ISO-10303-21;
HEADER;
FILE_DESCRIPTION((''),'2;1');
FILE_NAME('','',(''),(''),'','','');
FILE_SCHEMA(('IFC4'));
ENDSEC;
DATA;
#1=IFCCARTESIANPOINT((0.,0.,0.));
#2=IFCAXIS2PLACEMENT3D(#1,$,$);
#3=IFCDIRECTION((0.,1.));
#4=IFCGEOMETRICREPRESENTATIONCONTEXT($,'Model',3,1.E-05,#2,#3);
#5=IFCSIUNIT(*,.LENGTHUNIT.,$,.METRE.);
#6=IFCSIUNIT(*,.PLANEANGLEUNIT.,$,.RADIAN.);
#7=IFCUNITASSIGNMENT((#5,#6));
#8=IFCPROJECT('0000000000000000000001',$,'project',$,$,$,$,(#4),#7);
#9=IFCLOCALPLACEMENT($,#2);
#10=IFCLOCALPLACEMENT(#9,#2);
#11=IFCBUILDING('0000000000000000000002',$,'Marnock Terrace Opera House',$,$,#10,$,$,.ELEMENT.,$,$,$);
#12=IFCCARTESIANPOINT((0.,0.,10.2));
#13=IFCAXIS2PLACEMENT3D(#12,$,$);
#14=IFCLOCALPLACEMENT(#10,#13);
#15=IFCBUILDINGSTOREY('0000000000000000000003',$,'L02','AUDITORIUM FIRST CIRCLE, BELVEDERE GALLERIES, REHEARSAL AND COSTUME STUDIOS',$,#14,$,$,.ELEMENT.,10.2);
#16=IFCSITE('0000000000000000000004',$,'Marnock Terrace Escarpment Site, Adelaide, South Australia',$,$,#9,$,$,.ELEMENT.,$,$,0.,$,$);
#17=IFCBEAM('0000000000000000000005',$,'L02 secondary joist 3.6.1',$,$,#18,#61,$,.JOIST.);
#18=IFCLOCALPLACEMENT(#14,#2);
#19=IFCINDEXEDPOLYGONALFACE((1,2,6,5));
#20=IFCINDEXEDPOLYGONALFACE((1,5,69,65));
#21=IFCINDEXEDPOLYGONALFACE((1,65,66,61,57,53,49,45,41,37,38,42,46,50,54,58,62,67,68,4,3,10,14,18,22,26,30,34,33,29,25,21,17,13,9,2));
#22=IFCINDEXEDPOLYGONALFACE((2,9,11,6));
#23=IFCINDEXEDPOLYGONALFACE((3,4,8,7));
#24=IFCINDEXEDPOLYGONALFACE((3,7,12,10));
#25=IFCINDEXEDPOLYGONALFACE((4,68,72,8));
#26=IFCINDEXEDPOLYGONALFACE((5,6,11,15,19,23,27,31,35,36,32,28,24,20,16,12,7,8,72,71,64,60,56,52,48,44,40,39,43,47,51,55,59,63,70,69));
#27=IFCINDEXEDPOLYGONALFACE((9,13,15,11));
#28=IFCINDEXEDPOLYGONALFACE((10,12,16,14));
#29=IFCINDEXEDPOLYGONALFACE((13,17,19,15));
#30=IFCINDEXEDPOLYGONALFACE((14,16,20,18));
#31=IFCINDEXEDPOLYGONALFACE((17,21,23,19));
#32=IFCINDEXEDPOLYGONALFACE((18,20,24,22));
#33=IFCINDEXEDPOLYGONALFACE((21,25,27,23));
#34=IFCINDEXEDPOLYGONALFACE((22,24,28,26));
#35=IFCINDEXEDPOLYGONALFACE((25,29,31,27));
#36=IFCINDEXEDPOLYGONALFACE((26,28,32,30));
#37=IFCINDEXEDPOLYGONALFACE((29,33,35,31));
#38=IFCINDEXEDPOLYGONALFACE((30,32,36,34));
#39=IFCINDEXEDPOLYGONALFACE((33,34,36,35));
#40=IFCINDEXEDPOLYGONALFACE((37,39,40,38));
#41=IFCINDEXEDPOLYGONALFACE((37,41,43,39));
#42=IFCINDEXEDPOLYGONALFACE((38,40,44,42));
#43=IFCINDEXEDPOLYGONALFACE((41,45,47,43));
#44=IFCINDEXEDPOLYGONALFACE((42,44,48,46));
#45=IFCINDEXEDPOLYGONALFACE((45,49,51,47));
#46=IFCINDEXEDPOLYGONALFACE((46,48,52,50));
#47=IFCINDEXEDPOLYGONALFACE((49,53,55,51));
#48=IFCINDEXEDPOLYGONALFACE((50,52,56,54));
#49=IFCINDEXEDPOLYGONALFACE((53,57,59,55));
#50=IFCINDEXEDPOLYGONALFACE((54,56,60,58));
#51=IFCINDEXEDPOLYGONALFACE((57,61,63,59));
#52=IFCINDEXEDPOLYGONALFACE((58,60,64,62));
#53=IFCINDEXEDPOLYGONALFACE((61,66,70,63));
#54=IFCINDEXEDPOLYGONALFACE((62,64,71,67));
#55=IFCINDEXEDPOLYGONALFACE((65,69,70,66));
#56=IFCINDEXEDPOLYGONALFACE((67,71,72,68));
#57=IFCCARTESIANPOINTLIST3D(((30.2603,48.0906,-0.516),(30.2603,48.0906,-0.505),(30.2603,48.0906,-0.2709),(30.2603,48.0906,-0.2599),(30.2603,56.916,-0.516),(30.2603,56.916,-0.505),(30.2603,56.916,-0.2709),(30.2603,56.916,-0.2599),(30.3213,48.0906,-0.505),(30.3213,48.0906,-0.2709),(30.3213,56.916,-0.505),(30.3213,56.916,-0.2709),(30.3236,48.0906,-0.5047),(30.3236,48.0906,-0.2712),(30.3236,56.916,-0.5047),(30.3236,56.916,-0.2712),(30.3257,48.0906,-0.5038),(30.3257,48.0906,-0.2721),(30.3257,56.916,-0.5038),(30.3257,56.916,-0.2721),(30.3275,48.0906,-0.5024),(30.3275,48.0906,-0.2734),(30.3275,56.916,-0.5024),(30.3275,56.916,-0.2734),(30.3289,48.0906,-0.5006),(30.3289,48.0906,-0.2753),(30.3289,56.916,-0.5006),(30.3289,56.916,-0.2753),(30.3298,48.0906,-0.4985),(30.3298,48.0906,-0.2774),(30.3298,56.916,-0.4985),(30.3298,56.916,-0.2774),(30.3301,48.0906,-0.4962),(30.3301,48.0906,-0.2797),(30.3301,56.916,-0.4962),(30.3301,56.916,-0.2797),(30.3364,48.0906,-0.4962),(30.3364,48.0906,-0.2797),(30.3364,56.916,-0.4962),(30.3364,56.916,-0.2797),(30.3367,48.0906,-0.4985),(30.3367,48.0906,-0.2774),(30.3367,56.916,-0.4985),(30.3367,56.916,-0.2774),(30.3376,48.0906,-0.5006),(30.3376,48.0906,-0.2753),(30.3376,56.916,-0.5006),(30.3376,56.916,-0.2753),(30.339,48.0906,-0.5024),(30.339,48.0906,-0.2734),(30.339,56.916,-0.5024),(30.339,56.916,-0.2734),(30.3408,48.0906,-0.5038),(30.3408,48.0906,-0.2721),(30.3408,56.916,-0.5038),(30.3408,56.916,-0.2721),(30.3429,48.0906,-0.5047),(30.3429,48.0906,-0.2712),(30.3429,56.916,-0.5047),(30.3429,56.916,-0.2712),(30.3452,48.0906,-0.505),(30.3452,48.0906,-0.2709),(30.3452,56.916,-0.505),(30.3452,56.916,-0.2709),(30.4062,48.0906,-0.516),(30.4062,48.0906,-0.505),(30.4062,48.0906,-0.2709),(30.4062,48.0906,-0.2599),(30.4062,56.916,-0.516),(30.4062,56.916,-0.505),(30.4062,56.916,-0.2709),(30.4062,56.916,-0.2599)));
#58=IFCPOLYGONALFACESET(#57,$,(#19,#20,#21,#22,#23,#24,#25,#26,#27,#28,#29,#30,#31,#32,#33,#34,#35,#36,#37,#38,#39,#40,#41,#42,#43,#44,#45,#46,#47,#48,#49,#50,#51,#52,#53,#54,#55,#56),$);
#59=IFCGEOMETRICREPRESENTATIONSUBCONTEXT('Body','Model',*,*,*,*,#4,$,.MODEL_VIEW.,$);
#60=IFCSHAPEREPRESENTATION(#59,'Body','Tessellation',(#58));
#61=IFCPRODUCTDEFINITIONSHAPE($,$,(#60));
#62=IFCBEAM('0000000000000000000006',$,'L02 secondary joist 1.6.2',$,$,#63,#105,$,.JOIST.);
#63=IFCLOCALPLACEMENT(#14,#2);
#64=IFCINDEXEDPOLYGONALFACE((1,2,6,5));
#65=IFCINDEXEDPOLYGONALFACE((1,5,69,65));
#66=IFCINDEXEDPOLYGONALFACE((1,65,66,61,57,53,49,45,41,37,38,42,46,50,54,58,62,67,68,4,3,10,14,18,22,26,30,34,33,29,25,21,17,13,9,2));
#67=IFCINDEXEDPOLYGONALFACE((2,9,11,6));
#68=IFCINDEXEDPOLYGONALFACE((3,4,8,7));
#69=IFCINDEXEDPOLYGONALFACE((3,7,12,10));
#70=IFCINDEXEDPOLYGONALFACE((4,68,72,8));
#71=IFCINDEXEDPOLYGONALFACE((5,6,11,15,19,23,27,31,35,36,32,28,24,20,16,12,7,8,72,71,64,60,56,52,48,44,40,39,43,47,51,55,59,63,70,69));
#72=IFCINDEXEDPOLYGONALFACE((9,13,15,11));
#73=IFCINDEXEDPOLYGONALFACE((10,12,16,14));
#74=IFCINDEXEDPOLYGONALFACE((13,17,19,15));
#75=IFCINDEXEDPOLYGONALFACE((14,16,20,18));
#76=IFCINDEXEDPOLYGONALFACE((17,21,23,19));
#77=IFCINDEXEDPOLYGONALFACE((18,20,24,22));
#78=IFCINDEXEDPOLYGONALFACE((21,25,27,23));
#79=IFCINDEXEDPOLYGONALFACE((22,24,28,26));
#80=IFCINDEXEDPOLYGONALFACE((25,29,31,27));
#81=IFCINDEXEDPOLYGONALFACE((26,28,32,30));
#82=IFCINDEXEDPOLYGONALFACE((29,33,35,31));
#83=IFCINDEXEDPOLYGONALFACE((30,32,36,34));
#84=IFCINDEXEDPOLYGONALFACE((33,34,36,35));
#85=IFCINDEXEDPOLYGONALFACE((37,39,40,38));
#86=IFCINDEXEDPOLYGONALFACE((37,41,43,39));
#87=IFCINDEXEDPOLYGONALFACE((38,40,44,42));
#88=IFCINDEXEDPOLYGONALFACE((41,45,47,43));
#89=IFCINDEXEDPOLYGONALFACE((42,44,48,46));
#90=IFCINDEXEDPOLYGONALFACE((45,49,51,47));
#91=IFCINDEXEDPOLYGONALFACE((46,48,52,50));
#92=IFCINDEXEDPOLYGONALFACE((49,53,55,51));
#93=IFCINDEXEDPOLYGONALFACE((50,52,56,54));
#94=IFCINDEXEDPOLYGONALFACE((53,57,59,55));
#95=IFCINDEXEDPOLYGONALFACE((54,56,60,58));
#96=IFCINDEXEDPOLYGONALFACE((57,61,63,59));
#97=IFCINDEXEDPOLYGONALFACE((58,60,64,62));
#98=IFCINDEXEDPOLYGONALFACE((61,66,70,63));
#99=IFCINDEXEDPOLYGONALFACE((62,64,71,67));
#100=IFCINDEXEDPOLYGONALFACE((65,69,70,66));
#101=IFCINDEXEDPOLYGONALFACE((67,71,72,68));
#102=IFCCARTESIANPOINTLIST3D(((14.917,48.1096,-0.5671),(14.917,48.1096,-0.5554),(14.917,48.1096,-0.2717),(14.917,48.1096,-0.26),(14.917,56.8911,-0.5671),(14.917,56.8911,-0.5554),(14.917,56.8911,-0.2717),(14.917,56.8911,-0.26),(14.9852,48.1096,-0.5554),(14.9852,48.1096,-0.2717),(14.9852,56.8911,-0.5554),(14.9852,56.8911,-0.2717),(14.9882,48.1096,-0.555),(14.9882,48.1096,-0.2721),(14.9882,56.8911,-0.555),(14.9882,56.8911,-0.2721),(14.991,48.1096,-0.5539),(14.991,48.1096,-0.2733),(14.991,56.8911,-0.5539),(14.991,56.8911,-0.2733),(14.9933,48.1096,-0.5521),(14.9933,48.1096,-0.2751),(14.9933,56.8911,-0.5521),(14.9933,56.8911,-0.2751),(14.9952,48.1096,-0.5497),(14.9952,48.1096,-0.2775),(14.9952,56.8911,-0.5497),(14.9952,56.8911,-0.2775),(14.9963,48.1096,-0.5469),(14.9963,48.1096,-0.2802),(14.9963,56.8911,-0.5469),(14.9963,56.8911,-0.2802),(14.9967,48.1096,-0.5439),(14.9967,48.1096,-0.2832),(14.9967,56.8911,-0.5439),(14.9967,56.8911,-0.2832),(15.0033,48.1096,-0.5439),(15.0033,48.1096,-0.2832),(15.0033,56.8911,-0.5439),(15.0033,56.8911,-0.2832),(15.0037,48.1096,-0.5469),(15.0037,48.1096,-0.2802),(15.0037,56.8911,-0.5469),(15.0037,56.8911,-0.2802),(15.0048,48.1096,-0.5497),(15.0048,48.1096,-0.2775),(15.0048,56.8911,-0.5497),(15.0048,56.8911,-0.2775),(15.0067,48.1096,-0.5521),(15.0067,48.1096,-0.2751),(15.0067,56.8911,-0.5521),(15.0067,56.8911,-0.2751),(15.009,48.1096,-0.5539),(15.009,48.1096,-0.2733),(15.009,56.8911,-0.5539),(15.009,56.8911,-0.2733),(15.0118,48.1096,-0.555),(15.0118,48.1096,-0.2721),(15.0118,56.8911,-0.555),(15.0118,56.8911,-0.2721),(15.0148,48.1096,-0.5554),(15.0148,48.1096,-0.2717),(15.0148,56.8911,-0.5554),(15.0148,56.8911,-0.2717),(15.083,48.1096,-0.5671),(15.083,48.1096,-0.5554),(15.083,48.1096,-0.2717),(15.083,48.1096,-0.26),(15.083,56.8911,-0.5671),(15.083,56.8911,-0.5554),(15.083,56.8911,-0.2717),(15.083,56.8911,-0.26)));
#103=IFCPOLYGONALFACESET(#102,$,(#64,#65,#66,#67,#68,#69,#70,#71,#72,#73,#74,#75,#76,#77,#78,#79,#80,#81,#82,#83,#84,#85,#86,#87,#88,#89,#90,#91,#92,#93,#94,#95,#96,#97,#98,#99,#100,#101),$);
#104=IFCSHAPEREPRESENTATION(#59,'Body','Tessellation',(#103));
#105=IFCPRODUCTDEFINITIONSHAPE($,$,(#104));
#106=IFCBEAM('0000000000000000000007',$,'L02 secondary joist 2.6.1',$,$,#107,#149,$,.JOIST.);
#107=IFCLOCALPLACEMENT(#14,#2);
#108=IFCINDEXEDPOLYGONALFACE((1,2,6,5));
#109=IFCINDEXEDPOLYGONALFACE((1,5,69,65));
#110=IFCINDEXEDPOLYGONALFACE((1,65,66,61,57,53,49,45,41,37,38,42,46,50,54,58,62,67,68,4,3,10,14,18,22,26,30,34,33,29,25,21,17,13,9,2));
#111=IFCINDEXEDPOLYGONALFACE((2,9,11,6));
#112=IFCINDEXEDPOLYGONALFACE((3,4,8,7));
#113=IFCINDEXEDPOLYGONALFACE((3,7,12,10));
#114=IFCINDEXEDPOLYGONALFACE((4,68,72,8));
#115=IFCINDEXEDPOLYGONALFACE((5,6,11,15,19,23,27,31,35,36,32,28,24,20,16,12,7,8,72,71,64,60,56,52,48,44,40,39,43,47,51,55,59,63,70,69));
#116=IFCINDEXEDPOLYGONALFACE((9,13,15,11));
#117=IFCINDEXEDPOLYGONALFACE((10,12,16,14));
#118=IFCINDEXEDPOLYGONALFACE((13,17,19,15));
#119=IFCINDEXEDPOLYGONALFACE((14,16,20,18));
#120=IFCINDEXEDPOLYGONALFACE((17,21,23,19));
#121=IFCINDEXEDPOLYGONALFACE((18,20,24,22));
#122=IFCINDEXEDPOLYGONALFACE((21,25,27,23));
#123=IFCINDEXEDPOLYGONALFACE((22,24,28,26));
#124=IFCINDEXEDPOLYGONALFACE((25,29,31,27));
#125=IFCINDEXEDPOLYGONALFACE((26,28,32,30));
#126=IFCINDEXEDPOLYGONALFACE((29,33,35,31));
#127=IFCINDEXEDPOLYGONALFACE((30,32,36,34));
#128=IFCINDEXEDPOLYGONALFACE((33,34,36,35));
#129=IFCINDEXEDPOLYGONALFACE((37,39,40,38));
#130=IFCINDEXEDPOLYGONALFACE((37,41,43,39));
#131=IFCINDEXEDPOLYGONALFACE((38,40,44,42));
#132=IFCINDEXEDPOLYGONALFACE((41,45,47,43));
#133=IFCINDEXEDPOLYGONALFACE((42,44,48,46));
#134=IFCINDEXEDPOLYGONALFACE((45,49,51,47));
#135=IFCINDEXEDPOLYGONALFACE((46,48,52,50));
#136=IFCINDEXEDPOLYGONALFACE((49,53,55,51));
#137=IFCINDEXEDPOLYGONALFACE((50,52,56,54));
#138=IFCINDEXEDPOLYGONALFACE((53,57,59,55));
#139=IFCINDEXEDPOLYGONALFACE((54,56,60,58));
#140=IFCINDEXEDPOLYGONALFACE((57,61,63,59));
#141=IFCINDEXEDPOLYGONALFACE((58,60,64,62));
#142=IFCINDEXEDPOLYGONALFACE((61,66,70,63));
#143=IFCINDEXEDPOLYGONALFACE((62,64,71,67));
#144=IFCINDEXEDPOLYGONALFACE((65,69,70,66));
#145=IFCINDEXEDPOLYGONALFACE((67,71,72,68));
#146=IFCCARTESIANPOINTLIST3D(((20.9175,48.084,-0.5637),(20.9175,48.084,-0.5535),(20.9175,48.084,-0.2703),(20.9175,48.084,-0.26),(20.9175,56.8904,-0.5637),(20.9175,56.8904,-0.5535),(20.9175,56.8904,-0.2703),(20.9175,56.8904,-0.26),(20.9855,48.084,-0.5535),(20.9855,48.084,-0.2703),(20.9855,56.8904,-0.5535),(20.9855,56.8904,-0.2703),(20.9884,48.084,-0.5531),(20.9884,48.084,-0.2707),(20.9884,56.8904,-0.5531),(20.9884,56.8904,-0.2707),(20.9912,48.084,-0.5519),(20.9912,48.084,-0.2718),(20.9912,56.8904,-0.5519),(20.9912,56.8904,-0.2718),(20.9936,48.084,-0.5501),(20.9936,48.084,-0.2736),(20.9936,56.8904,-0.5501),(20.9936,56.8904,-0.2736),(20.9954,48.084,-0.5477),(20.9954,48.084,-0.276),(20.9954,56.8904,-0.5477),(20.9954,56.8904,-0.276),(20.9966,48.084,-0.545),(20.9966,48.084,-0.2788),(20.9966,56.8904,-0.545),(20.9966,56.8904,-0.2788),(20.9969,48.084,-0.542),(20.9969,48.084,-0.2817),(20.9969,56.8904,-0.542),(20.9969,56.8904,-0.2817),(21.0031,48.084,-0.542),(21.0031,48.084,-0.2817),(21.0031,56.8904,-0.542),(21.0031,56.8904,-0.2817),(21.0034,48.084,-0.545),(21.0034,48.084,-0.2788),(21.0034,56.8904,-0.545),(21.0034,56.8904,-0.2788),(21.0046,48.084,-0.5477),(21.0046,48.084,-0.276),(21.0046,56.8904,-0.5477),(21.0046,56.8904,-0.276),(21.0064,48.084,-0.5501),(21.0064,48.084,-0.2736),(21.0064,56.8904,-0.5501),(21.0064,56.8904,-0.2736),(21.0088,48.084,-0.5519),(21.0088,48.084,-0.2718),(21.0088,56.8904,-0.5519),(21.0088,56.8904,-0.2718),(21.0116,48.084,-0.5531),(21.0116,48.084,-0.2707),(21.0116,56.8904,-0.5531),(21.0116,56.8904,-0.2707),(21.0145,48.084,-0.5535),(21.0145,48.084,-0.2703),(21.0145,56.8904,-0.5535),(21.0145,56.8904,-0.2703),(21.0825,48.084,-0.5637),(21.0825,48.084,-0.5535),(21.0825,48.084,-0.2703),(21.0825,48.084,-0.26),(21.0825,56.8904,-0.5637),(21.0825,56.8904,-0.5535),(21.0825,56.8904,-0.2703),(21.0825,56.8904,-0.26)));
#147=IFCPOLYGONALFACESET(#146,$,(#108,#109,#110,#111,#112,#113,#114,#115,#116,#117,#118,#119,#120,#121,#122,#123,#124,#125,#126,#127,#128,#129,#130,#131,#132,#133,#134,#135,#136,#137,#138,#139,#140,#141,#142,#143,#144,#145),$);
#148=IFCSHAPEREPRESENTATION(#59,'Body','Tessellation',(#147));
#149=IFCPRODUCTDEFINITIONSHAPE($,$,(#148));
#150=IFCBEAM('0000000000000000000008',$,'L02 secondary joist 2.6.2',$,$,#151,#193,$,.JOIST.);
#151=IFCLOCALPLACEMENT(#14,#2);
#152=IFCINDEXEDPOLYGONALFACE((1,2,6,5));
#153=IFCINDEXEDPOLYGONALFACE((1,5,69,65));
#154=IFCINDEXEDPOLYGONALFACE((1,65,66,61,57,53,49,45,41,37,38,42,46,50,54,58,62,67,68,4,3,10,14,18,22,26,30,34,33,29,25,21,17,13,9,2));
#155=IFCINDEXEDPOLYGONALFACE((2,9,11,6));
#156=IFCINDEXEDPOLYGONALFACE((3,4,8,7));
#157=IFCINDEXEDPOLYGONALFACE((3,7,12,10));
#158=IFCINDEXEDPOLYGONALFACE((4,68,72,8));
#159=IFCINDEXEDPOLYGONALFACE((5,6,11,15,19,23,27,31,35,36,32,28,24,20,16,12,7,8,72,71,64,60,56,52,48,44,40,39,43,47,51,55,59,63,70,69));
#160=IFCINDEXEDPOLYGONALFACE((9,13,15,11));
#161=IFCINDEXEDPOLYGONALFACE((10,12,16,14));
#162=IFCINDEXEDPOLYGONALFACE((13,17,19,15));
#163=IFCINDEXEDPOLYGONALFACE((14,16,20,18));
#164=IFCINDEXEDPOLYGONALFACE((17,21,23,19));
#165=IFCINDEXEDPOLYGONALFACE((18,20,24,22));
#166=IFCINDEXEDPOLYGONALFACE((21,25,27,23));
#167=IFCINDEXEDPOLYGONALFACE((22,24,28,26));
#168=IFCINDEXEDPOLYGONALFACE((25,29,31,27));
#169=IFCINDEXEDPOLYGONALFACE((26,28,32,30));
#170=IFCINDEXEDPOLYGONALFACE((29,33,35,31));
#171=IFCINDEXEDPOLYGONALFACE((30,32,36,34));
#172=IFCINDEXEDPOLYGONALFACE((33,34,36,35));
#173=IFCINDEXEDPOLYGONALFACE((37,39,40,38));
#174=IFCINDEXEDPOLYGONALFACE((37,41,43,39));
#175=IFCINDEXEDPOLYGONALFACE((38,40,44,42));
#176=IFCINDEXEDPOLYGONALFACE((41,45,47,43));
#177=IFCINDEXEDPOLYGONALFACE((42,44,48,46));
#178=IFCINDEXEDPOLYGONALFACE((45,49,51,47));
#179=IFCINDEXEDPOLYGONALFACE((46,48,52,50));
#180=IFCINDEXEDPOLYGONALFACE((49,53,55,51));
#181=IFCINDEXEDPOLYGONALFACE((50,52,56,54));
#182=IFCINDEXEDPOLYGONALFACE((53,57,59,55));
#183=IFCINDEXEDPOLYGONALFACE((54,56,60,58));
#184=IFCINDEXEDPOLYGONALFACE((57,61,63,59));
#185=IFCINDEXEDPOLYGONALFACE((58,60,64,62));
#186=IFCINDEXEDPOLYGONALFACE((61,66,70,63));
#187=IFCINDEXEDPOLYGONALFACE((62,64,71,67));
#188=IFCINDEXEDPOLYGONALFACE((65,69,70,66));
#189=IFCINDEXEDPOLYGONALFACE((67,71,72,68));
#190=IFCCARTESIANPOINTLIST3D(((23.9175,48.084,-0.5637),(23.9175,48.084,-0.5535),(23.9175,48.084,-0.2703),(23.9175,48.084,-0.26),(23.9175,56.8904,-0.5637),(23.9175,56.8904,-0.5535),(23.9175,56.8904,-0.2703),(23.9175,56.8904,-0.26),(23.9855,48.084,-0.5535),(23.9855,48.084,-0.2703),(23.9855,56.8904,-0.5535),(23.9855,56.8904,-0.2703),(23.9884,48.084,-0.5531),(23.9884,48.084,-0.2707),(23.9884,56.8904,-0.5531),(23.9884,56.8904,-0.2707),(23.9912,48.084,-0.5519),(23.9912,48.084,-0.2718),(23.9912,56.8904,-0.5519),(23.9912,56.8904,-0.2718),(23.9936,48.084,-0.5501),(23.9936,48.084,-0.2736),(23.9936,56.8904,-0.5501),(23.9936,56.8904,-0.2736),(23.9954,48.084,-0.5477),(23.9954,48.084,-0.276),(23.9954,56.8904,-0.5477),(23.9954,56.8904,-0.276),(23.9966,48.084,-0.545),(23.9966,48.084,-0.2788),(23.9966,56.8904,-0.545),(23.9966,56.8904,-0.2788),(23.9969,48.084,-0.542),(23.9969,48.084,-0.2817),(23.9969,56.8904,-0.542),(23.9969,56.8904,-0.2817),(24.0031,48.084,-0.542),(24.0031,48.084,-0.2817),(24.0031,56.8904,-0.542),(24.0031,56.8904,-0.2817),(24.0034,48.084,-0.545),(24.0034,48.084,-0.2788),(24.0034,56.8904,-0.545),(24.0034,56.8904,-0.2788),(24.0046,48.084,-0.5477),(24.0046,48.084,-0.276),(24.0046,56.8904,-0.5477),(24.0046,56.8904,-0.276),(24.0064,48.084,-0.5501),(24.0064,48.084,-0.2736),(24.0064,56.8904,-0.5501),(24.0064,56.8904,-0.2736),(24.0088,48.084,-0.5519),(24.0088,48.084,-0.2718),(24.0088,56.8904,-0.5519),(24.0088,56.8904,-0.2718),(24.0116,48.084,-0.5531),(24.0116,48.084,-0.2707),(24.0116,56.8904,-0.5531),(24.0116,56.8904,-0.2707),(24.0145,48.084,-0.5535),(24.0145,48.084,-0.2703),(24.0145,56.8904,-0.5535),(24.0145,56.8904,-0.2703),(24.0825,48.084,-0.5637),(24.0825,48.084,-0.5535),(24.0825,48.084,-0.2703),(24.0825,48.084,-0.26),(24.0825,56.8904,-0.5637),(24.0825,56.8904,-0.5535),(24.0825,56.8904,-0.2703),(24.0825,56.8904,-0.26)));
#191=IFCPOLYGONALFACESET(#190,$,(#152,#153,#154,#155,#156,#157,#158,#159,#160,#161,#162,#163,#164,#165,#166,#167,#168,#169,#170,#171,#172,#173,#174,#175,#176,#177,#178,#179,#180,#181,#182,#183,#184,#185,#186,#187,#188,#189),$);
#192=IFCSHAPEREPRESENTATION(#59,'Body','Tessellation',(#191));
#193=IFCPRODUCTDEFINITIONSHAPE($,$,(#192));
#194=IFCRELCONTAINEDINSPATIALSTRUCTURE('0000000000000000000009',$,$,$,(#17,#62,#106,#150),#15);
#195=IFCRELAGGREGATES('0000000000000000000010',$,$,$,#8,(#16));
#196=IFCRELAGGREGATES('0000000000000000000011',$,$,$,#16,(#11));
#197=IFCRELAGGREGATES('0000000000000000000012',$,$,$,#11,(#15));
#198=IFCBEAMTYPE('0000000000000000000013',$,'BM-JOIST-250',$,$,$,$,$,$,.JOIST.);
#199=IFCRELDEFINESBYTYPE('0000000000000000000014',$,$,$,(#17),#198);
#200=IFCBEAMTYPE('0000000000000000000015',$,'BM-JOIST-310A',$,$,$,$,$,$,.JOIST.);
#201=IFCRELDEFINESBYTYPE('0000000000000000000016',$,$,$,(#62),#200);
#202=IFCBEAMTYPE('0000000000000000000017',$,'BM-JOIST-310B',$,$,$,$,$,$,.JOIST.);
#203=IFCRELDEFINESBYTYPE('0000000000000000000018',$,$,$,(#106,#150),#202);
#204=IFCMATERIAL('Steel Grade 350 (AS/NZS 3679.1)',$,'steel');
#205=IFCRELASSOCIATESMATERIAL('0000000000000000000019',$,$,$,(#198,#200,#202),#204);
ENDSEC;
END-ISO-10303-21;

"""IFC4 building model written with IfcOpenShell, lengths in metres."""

from ifc_helpers import new_model, si_unit, direction, frame, origin, origin_2d, place, context, subcontext, project, spatial, i_section, extrude, material, material_profile, profile_set, type_object, element, save


model = new_model("IFC4")

# Units and contexts
model_context = context("Model", 3, precision=1e-05, world=origin(), true_north=direction((0.0, 1.0)))
body_context = subcontext(model_context, "Body", "Model", "MODEL_VIEW")
ifc_project = project(units=[si_unit("LENGTHUNIT", "METRE"), si_unit("PLANEANGLEUNIT", "RADIAN")], contexts=[model_context])

# Site, building, storey
site_placement = place(None, origin())
site = spatial("IfcSite", under=ifc_project, at=site_placement, Name="Marnock Terrace Escarpment Site, Adelaide, South Australia", CompositionType="ELEMENT", RefElevation=0.0)
building_placement = place(site_placement, origin())
building = spatial("IfcBuilding", under=site, at=building_placement, Name="Marnock Terrace Opera House", CompositionType="ELEMENT")
storey_placement = place(building_placement, frame((0.0, 0.0, 10.2)))
storey = spatial("IfcBuildingStorey", under=building, at=storey_placement, Name="L02", Description="AUDITORIUM FIRST CIRCLE, BELVEDERE GALLERIES, REHEARSAL AND COSTUME STUDIOS", CompositionType="ELEMENT", Elevation=10.2)

# Shared definitions
ifc_material_1 = material(Name="Steel Grade 350 (AS/NZS 3679.1)", Category="steel")

# Beams
ifc_material_profile_1 = material_profile(ifc_material_1, i_section(OverallWidth=0.146, OverallDepth=0.2561, WebThickness=0.0063, FlangeThickness=0.011, FilletRadius=0.0088, at=origin_2d()))
ifc_profile_set_1 = profile_set([ifc_material_profile_1], Name="Steel Grade 350 (AS/NZS 3679.1)")
beam_type_1 = type_object("IfcBeamType", Name="BM-JOIST-250", PredefinedType="JOIST", material=ifc_profile_set_1)
beam_1_placement = place(storey_placement, frame((30.3333, 48.0906, -0.3879), z_axis=(0.0, 1.0, 0.0), x_axis=(-1.0, 0.0, 0.0)))
element("IfcBeam", 1, at=beam_1_placement, inside=storey, type_object=beam_type_1, Name="L02 secondary joist 3.6.1", PredefinedType="JOIST", context=body_context, shape_type="SweptSolid", body=[
    extrude(i_section(OverallWidth=0.146, OverallDepth=0.2561, WebThickness=0.0063, FlangeThickness=0.011, FilletRadius=0.0088, at=origin_2d()), origin(), (0.0, 0.0, 1.0), 8.8254),
])
ifc_material_profile_2 = material_profile(ifc_material_1, i_section(OverallWidth=0.166, OverallDepth=0.3071, WebThickness=0.0066, FlangeThickness=0.0117, FilletRadius=0.0115, at=origin_2d()))
ifc_profile_set_2 = profile_set([ifc_material_profile_2], Name="Steel Grade 350 (AS/NZS 3679.1)")
beam_type_2 = type_object("IfcBeamType", Name="BM-JOIST-310A", PredefinedType="JOIST", material=ifc_profile_set_2)
beam_2_placement = place(storey_placement, frame((15.0, 48.1096, -0.4136), z_axis=(0.0, 1.0, 0.0), x_axis=(-1.0, 0.0, 0.0)))
element("IfcBeam", 2, at=beam_2_placement, inside=storey, type_object=beam_type_2, Name="L02 secondary joist 1.6.2", PredefinedType="JOIST", context=body_context, shape_type="SweptSolid", body=[
    extrude(i_section(OverallWidth=0.166, OverallDepth=0.3071, WebThickness=0.0066, FlangeThickness=0.0117, FilletRadius=0.0115, at=origin_2d()), origin(), (0.0, 0.0, 1.0), 8.7815),
])
ifc_material_profile_3 = material_profile(ifc_material_1, i_section(OverallWidth=0.165, OverallDepth=0.3037, WebThickness=0.0061, FlangeThickness=0.0103, FilletRadius=0.0115, at=origin_2d()))
ifc_profile_set_3 = profile_set([ifc_material_profile_3], Name="Steel Grade 350 (AS/NZS 3679.1)")
beam_type_3 = type_object("IfcBeamType", Name="BM-JOIST-310B", PredefinedType="JOIST", material=ifc_profile_set_3)
for number, where, z_axis, x_axis, name in (
    (3, (21.0, 48.084, -0.4119), (0.0, 1.0, 0.0), (-1.0, 0.0, 0.0), "L02 secondary joist 2.6.1"),
    (4, (24.0, 48.084, -0.4119), (0.0, 1.0, 0.0), (-1.0, 0.0, 0.0), "L02 secondary joist 2.6.2"),
):
    element("IfcBeam", number, at=place(storey_placement, frame(where, z_axis=z_axis, x_axis=x_axis)), inside=storey, type_object=beam_type_3, Name=name, PredefinedType="JOIST", context=body_context, shape_type="SweptSolid", body=[
        extrude(i_section(OverallWidth=0.165, OverallDepth=0.3037, WebThickness=0.0061, FlangeThickness=0.0103, FilletRadius=0.0115, at=origin_2d()), origin(), (0.0, 0.0, 1.0), 8.8064),
    ])

save(model, "model.ifc")
